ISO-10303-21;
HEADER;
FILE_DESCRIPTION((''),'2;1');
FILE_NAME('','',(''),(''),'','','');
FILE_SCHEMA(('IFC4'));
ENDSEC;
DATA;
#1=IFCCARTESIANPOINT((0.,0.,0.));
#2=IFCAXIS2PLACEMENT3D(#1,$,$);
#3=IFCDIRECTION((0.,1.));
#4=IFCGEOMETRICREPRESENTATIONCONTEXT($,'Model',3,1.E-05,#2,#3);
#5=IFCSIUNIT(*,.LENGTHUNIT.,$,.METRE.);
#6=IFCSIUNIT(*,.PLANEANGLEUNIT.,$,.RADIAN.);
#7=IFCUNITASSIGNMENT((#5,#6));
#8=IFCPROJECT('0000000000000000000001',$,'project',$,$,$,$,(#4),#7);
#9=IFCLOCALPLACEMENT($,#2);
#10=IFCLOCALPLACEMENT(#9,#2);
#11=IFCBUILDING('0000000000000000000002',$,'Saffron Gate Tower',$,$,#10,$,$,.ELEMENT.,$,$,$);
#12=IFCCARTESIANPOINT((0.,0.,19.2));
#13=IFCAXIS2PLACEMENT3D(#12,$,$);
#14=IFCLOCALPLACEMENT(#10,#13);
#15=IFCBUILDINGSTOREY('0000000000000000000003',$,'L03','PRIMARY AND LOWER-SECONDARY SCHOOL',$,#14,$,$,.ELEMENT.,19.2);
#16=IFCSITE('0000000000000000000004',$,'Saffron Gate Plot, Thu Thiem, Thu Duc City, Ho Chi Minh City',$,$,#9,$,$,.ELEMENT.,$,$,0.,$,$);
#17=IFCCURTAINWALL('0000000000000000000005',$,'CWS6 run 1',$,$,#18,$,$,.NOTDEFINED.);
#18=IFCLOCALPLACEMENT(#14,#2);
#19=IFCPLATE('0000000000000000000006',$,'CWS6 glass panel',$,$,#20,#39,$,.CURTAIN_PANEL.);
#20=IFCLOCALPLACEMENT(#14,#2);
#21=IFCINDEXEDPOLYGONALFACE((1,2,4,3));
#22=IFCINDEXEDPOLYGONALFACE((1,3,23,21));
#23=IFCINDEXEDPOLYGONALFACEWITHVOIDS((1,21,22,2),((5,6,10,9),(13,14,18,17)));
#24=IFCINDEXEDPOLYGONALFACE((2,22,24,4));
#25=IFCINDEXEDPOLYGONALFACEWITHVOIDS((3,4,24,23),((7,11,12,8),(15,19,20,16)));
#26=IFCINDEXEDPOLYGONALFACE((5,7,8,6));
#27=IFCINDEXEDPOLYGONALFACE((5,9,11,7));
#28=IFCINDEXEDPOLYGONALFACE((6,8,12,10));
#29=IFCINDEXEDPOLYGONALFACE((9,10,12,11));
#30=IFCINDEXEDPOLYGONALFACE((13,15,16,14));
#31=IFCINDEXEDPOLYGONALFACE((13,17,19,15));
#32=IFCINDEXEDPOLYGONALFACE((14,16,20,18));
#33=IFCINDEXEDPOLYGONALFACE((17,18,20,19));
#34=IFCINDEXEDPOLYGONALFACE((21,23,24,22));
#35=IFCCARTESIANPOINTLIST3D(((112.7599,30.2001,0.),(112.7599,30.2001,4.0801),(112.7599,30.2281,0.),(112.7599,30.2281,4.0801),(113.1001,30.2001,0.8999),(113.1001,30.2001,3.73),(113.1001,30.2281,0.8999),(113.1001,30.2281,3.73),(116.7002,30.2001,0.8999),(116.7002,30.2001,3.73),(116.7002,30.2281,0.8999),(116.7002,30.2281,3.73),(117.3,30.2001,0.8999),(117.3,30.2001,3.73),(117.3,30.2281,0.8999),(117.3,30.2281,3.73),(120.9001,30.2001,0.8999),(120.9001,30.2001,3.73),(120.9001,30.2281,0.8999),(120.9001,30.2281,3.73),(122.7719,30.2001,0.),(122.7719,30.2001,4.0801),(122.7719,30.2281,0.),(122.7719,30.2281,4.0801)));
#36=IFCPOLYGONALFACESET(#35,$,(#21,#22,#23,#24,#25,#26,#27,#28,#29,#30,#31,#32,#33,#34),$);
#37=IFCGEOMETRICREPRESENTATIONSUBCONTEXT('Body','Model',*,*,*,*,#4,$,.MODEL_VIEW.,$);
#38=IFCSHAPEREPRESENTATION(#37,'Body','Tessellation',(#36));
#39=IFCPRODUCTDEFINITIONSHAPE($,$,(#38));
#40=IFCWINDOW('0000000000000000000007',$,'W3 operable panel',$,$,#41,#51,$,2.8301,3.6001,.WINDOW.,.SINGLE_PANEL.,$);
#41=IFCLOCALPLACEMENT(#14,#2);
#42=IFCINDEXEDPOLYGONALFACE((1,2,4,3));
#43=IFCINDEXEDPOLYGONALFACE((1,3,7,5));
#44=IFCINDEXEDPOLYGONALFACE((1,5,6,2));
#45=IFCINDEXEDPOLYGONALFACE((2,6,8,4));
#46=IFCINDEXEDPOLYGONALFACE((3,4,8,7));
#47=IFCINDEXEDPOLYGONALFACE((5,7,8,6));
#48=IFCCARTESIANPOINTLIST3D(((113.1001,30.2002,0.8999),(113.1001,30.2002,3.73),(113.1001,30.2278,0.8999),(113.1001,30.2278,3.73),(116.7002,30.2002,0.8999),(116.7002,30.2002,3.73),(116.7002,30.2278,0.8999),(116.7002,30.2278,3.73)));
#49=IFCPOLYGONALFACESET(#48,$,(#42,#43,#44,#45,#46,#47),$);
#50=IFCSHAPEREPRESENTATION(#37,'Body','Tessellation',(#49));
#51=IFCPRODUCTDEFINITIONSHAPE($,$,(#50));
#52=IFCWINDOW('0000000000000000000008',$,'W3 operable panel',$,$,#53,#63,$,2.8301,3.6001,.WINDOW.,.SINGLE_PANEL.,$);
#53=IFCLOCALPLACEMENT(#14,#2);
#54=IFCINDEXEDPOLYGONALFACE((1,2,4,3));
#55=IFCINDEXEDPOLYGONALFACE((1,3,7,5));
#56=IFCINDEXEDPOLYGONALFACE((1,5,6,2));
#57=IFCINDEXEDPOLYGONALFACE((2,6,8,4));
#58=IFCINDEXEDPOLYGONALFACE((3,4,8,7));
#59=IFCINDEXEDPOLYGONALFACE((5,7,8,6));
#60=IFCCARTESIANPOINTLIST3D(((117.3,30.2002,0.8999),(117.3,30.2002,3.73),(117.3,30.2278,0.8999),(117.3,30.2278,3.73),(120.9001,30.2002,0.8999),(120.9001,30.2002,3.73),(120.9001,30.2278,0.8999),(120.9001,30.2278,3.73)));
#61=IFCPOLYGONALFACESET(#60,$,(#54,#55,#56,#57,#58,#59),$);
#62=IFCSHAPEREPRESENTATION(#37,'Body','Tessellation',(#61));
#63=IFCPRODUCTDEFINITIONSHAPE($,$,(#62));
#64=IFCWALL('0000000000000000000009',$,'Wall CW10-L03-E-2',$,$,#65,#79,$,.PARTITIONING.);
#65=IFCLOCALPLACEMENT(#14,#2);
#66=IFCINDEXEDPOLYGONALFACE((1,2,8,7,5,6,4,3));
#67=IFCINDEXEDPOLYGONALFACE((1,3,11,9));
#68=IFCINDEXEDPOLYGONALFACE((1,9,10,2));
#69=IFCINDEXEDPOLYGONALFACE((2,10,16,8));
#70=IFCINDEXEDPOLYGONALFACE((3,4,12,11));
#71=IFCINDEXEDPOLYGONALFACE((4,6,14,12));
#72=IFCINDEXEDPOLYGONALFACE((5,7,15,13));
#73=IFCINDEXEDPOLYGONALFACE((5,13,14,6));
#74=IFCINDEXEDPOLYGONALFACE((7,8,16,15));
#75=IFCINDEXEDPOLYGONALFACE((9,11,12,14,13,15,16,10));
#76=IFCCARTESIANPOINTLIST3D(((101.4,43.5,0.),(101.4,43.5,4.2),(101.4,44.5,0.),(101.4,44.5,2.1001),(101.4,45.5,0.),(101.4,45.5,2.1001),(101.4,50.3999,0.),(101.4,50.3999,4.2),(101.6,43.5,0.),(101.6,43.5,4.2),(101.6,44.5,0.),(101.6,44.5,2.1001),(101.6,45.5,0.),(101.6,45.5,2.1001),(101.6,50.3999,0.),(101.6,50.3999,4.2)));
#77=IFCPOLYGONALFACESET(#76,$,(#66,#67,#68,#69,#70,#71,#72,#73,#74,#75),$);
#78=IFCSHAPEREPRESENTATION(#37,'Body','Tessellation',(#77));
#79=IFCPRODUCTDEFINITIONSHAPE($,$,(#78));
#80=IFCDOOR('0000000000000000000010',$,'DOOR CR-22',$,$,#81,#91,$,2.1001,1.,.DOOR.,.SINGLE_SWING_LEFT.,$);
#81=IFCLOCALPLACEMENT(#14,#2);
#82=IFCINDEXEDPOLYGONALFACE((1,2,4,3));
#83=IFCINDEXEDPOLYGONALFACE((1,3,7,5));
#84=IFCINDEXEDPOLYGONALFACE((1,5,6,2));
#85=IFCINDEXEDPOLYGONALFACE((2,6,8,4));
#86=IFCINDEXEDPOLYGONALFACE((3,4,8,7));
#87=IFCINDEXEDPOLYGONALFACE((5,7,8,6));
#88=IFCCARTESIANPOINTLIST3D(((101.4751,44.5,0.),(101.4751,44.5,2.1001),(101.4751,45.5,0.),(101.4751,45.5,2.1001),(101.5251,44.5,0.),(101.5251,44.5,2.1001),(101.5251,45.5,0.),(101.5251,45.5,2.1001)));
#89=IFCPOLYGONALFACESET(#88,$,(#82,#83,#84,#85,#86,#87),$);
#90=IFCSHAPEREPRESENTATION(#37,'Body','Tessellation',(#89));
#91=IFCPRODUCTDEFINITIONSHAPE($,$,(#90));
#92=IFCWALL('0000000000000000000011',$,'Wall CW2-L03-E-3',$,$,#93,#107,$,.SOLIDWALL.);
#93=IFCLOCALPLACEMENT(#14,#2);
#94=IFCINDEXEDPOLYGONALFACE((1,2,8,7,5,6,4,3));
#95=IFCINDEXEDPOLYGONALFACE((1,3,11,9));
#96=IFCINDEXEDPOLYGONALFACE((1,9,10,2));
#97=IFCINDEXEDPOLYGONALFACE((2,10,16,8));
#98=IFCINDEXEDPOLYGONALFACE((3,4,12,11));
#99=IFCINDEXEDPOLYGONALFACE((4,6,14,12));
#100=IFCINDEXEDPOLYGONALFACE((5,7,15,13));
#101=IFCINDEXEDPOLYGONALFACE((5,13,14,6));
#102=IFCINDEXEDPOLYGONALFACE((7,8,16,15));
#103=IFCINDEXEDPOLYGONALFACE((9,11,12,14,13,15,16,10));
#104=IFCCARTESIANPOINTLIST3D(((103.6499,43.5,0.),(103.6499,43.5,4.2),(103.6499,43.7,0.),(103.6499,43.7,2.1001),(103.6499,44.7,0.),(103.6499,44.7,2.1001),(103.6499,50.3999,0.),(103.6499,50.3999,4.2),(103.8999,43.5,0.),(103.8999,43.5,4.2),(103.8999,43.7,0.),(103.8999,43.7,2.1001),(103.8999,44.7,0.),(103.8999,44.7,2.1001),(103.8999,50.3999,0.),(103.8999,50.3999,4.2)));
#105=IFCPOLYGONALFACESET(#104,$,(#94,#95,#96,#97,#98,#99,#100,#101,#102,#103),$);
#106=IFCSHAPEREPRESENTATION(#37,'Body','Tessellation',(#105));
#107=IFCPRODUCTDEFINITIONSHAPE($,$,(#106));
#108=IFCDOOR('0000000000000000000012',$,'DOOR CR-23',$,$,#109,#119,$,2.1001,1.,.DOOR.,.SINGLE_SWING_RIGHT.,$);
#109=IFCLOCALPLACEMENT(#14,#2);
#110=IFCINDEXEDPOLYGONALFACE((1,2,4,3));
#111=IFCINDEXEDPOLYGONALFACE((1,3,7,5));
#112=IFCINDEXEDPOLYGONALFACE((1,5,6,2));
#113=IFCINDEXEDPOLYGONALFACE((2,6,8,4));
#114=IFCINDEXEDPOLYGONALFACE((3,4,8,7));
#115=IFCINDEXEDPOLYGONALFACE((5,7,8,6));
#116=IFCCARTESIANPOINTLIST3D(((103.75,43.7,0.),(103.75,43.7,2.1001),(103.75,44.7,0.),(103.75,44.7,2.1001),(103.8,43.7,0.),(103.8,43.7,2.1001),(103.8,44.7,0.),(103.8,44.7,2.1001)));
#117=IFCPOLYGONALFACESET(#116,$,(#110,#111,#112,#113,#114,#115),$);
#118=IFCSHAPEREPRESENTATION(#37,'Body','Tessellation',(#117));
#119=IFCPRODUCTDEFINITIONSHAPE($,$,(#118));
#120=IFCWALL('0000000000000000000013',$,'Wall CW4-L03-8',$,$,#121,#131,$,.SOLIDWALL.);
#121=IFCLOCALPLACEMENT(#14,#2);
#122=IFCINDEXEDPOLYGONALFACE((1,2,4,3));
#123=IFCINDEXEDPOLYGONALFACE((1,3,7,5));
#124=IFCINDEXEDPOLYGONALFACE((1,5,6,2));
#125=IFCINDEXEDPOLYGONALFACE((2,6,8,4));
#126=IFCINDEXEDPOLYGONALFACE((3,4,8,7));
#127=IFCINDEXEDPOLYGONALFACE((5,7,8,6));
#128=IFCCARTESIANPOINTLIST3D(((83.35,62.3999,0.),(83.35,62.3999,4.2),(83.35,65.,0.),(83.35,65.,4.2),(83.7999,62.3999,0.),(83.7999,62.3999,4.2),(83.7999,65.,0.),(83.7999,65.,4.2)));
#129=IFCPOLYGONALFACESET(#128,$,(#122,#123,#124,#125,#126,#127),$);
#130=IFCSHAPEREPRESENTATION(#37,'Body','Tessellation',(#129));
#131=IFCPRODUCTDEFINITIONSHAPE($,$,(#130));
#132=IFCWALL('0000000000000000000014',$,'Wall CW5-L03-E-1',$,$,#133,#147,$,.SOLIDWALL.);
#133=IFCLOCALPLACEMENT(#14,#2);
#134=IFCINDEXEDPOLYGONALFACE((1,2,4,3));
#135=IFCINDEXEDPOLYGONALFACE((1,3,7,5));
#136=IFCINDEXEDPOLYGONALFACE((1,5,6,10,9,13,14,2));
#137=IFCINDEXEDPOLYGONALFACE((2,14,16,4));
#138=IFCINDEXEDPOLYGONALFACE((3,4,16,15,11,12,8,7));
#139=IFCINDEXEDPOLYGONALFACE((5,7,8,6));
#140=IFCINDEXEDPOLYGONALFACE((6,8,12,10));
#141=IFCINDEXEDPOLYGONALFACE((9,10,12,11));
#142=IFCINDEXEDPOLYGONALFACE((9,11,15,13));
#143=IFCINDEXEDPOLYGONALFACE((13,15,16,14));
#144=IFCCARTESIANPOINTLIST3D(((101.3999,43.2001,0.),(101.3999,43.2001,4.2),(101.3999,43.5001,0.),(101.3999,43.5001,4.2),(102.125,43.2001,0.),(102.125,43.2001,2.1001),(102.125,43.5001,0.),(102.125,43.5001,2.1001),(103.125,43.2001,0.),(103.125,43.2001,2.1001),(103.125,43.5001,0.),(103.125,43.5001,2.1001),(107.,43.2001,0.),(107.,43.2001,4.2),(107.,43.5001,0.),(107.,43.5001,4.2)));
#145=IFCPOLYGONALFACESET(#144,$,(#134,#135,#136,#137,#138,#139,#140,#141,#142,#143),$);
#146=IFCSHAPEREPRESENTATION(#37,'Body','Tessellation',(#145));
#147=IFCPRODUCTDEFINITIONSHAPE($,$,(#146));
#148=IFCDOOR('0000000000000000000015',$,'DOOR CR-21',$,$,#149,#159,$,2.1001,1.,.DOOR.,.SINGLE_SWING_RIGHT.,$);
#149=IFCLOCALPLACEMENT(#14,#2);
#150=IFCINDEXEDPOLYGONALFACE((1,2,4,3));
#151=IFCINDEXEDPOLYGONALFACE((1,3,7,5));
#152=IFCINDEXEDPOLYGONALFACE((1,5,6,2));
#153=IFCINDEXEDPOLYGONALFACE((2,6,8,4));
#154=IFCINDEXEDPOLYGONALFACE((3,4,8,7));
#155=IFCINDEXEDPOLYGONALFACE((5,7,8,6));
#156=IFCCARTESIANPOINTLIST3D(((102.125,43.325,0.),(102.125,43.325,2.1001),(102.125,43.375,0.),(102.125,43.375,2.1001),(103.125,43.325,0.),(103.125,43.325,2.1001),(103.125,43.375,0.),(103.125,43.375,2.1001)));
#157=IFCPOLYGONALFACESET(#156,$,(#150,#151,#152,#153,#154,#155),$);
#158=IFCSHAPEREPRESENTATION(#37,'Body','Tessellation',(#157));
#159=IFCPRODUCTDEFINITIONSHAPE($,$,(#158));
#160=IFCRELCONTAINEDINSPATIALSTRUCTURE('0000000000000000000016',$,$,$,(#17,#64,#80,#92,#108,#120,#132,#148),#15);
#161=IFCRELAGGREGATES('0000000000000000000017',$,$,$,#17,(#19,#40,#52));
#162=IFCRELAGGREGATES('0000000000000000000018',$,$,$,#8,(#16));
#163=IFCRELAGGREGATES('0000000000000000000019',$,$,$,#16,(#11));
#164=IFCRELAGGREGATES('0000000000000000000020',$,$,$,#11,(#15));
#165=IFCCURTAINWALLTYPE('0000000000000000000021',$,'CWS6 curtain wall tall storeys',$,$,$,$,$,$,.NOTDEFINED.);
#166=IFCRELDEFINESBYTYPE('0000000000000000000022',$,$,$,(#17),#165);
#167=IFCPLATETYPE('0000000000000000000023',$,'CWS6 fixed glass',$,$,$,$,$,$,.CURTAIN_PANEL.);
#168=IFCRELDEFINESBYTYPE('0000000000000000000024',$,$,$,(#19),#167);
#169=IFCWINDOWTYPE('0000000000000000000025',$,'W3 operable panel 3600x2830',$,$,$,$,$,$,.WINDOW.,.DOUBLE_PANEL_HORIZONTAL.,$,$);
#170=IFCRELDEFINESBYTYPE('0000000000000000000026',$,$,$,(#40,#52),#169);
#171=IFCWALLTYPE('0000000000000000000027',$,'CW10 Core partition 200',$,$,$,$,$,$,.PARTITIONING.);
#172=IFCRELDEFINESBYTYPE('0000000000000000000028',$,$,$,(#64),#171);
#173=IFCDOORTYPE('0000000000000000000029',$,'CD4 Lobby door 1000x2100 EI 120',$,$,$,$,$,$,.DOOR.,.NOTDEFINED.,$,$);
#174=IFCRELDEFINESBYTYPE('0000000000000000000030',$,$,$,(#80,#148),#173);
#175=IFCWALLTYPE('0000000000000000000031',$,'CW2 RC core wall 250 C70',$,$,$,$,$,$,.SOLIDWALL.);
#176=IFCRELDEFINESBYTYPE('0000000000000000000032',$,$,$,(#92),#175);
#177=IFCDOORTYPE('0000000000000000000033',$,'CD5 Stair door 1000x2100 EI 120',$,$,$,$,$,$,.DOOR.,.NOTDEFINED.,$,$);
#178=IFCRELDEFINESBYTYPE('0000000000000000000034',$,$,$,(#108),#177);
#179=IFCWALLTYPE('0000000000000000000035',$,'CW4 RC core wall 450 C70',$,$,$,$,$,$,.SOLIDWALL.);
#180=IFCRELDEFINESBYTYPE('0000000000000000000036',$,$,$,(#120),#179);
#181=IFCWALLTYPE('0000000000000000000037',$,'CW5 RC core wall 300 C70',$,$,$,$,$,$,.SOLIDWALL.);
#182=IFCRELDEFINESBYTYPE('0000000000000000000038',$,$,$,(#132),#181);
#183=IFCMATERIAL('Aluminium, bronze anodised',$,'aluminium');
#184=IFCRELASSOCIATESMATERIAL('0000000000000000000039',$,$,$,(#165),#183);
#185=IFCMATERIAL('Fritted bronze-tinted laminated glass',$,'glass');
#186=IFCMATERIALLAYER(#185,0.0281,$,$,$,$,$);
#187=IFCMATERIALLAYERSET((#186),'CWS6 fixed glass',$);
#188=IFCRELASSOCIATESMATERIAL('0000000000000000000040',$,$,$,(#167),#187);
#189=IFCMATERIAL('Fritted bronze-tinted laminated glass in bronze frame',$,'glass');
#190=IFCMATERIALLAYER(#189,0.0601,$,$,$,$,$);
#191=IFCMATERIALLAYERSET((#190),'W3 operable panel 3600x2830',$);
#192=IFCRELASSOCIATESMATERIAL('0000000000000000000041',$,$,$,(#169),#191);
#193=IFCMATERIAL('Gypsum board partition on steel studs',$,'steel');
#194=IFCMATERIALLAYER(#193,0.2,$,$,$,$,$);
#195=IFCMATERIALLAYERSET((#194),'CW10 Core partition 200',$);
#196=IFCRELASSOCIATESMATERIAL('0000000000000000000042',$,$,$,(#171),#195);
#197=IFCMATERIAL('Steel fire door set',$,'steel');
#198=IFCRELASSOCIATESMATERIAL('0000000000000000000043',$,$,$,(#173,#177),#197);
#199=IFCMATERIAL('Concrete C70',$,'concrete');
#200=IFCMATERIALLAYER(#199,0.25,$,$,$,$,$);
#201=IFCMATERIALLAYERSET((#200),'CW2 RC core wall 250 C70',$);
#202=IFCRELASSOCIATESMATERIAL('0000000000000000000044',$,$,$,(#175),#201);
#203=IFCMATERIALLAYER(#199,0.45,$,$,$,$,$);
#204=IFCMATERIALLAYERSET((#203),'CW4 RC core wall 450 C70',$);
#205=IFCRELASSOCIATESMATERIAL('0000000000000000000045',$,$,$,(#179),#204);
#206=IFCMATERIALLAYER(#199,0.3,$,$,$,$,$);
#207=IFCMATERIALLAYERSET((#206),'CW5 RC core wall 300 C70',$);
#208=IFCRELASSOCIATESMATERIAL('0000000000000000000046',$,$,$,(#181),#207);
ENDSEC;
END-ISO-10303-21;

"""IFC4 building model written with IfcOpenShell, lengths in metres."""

from ifc_helpers import new_model, si_unit, direction, frame, frame_2d, origin, place, context, subcontext, project, spatial, rectangle, extrude, material, layer, layer_set, type_object, element, fill, aggregate, save


model = new_model("IFC4")

# Units and contexts
model_context = context("Model", 3, precision=1e-05, world=origin(), true_north=direction((0.0, 1.0)))
body_context = subcontext(model_context, "Body", "Model", "MODEL_VIEW")
ifc_project = project(units=[si_unit("LENGTHUNIT", "METRE"), si_unit("PLANEANGLEUNIT", "RADIAN")], contexts=[model_context])

# Site, building, storey
site_placement = place(None, origin())
site = spatial("IfcSite", under=ifc_project, at=site_placement, Name="Saffron Gate Plot, Thu Thiem, Thu Duc City, Ho Chi Minh City", CompositionType="ELEMENT", RefElevation=0.0)
building_placement = place(site_placement, origin())
building = spatial("IfcBuilding", under=site, at=building_placement, Name="Saffron Gate Tower", CompositionType="ELEMENT")
storey_placement = place(building_placement, frame((0.0, 0.0, 19.2)))
storey = spatial("IfcBuildingStorey", under=building, at=storey_placement, Name="L03", Description="PRIMARY AND LOWER-SECONDARY SCHOOL", CompositionType="ELEMENT", Elevation=19.2)

# Curtain wall, plate, openings, windows
ifc_material_1 = material(Name="Aluminium, bronze anodised", Category="aluminium")
curtain_wall_type = type_object("IfcCurtainWallType", Name="CWS6 curtain wall tall storeys", PredefinedType="NOTDEFINED", material=ifc_material_1)
curtain_wall_placement = place(storey_placement, origin())
curtain_wall = element("IfcCurtainWall", 1, at=curtain_wall_placement, inside=storey, type_object=curtain_wall_type, Name="CWS6 run 1", PredefinedType="NOTDEFINED")
ifc_material_2 = material(Name="Fritted bronze-tinted laminated glass", Category="glass")
ifc_layer_1 = layer(ifc_material_2, 0.0281)
ifc_layer_set_1 = layer_set([ifc_layer_1], Name="CWS6 fixed glass")
plate_type = type_object("IfcPlateType", Name="CWS6 fixed glass", PredefinedType="CURTAIN_PANEL", material=ifc_layer_set_1)
plate_placement = place(storey_placement, frame((112.76, 30.2141, 0.0), z_axis=(0.0, 0.0, 1.0), x_axis=(1.0, 0.0, 0.0)))
plate = element("IfcPlate", 2, at=plate_placement, type_object=plate_type, Name="CWS6 glass panel", PredefinedType="CURTAIN_PANEL", context=body_context, shape_type="SweptSolid", body=[
    extrude(rectangle(XDim=10.012, YDim=0.0281, at=frame_2d((5.0059, 0.0))), origin(), (0.0, 0.0, 1.0), 4.0801),
])
opening_1_placement = place(plate_placement, frame((0.3401, 0.0, 0.8999)))
opening_1 = element("IfcOpeningElement", 3, at=opening_1_placement, cuts=plate, PredefinedType="OPENING", context=body_context, shape_type="SweptSolid", body=[
    extrude(rectangle(XDim=3.6001, YDim=2.8301, at=frame_2d((1.8, 1.415))), frame((0.0, 0.0239, 0.0), z_axis=(0.0, -1.0, 0.0), x_axis=(1.0, 0.0, 0.0)), (0.0, 0.0, 1.0), 0.0481),
])
opening_2_placement = place(plate_placement, frame((4.54, 0.0, 0.8999)))
opening_2 = element("IfcOpeningElement", 4, at=opening_2_placement, cuts=plate, PredefinedType="OPENING", context=body_context, shape_type="SweptSolid", body=[
    extrude(rectangle(XDim=3.6001, YDim=2.8301, at=frame_2d((1.8, 1.415))), frame((0.0, 0.0239, 0.0), z_axis=(0.0, -1.0, 0.0), x_axis=(1.0, 0.0, 0.0)), (0.0, 0.0, 1.0), 0.0481),
])
ifc_material_3 = material(Name="Fritted bronze-tinted laminated glass in bronze frame", Category="glass")
ifc_layer_2 = layer(ifc_material_3, 0.0601)
ifc_layer_set_2 = layer_set([ifc_layer_2], Name="W3 operable panel 3600x2830")
window_type = type_object("IfcWindowType", Name="W3 operable panel 3600x2830", PartitioningType="DOUBLE_PANEL_HORIZONTAL", PredefinedType="WINDOW", material=ifc_layer_set_2)
window_1_placement = place(opening_1_placement, origin())
window_1 = element("IfcWindow", 5, at=window_1_placement, type_object=window_type, Name="W3 operable panel", OverallHeight=2.8301, OverallWidth=3.6001, PartitioningType="SINGLE_PANEL", PredefinedType="WINDOW", context=body_context, shape_type="SweptSolid", body=[
    extrude(rectangle(XDim=3.6001, YDim=2.8301, at=frame_2d((1.8, 1.415))), frame((0.0, 0.0137, 0.0), z_axis=(0.0, -1.0, 0.0), x_axis=(1.0, 0.0, 0.0)), (0.0, 0.0, 1.0), 0.0276),
])
fill(opening_1, window_1)
window_2_placement = place(opening_2_placement, origin())
window_2 = element("IfcWindow", 6, at=window_2_placement, type_object=window_type, Name="W3 operable panel", OverallHeight=2.8301, OverallWidth=3.6001, PartitioningType="SINGLE_PANEL", PredefinedType="WINDOW", context=body_context, shape_type="SweptSolid", body=[
    extrude(rectangle(XDim=3.6001, YDim=2.8301, at=frame_2d((1.8, 1.415))), frame((0.0, 0.0137, 0.0), z_axis=(0.0, -1.0, 0.0), x_axis=(1.0, 0.0, 0.0)), (0.0, 0.0, 1.0), 0.0276),
])
fill(opening_2, window_2)
aggregate(curtain_wall, [plate, window_1, window_2])

# Walls, openings, doors
ifc_material_4 = material(Name="Gypsum board partition on steel studs", Category="steel")
ifc_layer_3 = layer(ifc_material_4, 0.2)
ifc_layer_set_3 = layer_set([ifc_layer_3], Name="CW10 Core partition 200")
wall_type_1 = type_object("IfcWallType", Name="CW10 Core partition 200", PredefinedType="PARTITIONING", material=ifc_layer_set_3)
wall_1_placement = place(storey_placement, frame((101.5, 43.5, 0.0), z_axis=(0.0, 0.0, 1.0), x_axis=(0.0, 1.0, 0.0)))
wall_1 = element("IfcWall", 7, at=wall_1_placement, inside=storey, type_object=wall_type_1, Name="Wall CW10-L03-E-2", PredefinedType="PARTITIONING", context=body_context, shape_type="SweptSolid", body=[
    extrude(rectangle(XDim=6.8999, YDim=0.2, at=frame_2d((3.45, 0.0))), origin(), (0.0, 0.0, 1.0), 4.2),
])
opening_3_placement = place(wall_1_placement, frame((1.0, 0.0, 0.0)))
opening_3 = element("IfcOpeningElement", 8, at=opening_3_placement, cuts=wall_1, PredefinedType="OPENING", context=body_context, shape_type="SweptSolid", body=[
    extrude(rectangle(XDim=1.0, YDim=2.1001, at=frame_2d((0.5, 1.05))), frame((0.0, 0.1099, 0.0), z_axis=(0.0, -1.0, 0.0), x_axis=(1.0, 0.0, 0.0)), (0.0, 0.0, 1.0), 0.22),
])
ifc_material_5 = material(Name="Steel fire door set", Category="steel")
door_type_1 = type_object("IfcDoorType", Name="CD4 Lobby door 1000x2100 EI 120", OperationType="NOTDEFINED", PredefinedType="DOOR", material=ifc_material_5)
door_1_placement = place(opening_3_placement, origin())
door_1 = element("IfcDoor", 9, at=door_1_placement, inside=storey, type_object=door_type_1, Name="DOOR CR-22", OperationType="SINGLE_SWING_LEFT", OverallHeight=2.1001, OverallWidth=1.0, PredefinedType="DOOR", context=body_context, shape_type="SweptSolid", body=[
    extrude(rectangle(XDim=1.0, YDim=2.1001, at=frame_2d((0.5, 1.05))), frame((0.0, 0.0249, 0.0), z_axis=(0.0, -1.0, 0.0), x_axis=(1.0, 0.0, 0.0)), (0.0, 0.0, 1.0), 0.05),
])
fill(opening_3, door_1)
ifc_material_6 = material(Name="Concrete C70", Category="concrete")
ifc_layer_4 = layer(ifc_material_6, 0.25)
ifc_layer_set_4 = layer_set([ifc_layer_4], Name="CW2 RC core wall 250 C70")
wall_type_2 = type_object("IfcWallType", Name="CW2 RC core wall 250 C70", PredefinedType="SOLIDWALL", material=ifc_layer_set_4)
wall_2_placement = place(storey_placement, frame((103.7749, 43.5, 0.0), z_axis=(0.0, 0.0, 1.0), x_axis=(0.0, 1.0, 0.0)))
wall_2 = element("IfcWall", 10, at=wall_2_placement, inside=storey, type_object=wall_type_2, Name="Wall CW2-L03-E-3", PredefinedType="SOLIDWALL", context=body_context, shape_type="SweptSolid", body=[
    extrude(rectangle(XDim=6.8999, YDim=0.25, at=frame_2d((3.45, 0.0))), origin(), (0.0, 0.0, 1.0), 4.2),
])
opening_4_placement = place(wall_2_placement, frame((0.2, 0.0, 0.0)))
opening_4 = element("IfcOpeningElement", 11, at=opening_4_placement, cuts=wall_2, PredefinedType="OPENING", context=body_context, shape_type="SweptSolid", body=[
    extrude(rectangle(XDim=1.0, YDim=2.1001, at=frame_2d((0.5, 1.05))), frame((0.0, 0.135, 0.0), z_axis=(0.0, -1.0, 0.0), x_axis=(1.0, 0.0, 0.0)), (0.0, 0.0, 1.0), 0.27),
])
door_type_2 = type_object("IfcDoorType", Name="CD5 Stair door 1000x2100 EI 120", OperationType="NOTDEFINED", PredefinedType="DOOR", material=ifc_material_5)
door_2_placement = place(opening_4_placement, origin())
door_2 = element("IfcDoor", 12, at=door_2_placement, inside=storey, type_object=door_type_2, Name="DOOR CR-23", OperationType="SINGLE_SWING_RIGHT", OverallHeight=2.1001, OverallWidth=1.0, PredefinedType="DOOR", context=body_context, shape_type="SweptSolid", body=[
    extrude(rectangle(XDim=1.0, YDim=2.1001, at=frame_2d((0.5, 1.05))), frame((0.0, 0.0249, 0.0), z_axis=(0.0, -1.0, 0.0), x_axis=(1.0, 0.0, 0.0)), (0.0, 0.0, 1.0), 0.05),
])
fill(opening_4, door_2)

# Wall
ifc_layer_5 = layer(ifc_material_6, 0.45)
ifc_layer_set_5 = layer_set([ifc_layer_5], Name="CW4 RC core wall 450 C70")
wall_type_3 = type_object("IfcWallType", Name="CW4 RC core wall 450 C70", PredefinedType="SOLIDWALL", material=ifc_layer_set_5)
wall_3_placement = place(storey_placement, frame((83.575, 62.3999, 0.0), z_axis=(0.0, 0.0, 1.0), x_axis=(0.0, 1.0, 0.0)))
element("IfcWall", 13, at=wall_3_placement, inside=storey, type_object=wall_type_3, Name="Wall CW4-L03-8", PredefinedType="SOLIDWALL", context=body_context, shape_type="SweptSolid", body=[
    extrude(rectangle(XDim=2.6001, YDim=0.45, at=frame_2d((1.3, 0.0))), origin(), (0.0, 0.0, 1.0), 4.2),
])

# Wall, opening, door
ifc_layer_6 = layer(ifc_material_6, 0.3)
ifc_layer_set_6 = layer_set([ifc_layer_6], Name="CW5 RC core wall 300 C70")
wall_type_4 = type_object("IfcWallType", Name="CW5 RC core wall 300 C70", PredefinedType="SOLIDWALL", material=ifc_layer_set_6)
wall_4_placement = place(storey_placement, frame((101.3999, 43.3501, 0.0), z_axis=(0.0, 0.0, 1.0), x_axis=(1.0, 0.0, 0.0)))
wall_4 = element("IfcWall", 14, at=wall_4_placement, inside=storey, type_object=wall_type_4, Name="Wall CW5-L03-E-1", PredefinedType="SOLIDWALL", context=body_context, shape_type="SweptSolid", body=[
    extrude(rectangle(XDim=5.6001, YDim=0.3, at=frame_2d((2.8, 0.0))), origin(), (0.0, 0.0, 1.0), 4.2),
])
opening_5_placement = place(wall_4_placement, frame((0.7251, 0.0, 0.0)))
opening_5 = element("IfcOpeningElement", 15, at=opening_5_placement, cuts=wall_4, PredefinedType="OPENING", context=body_context, shape_type="SweptSolid", body=[
    extrude(rectangle(XDim=1.0, YDim=2.1001, at=frame_2d((0.5, 1.05))), frame((0.0, 0.1602, 0.0), z_axis=(0.0, -1.0, 0.0), x_axis=(1.0, 0.0, 0.0)), (0.0, 0.0, 1.0), 0.3201),
])
door_3_placement = place(opening_5_placement, origin())
door_3 = element("IfcDoor", 16, at=door_3_placement, inside=storey, type_object=door_type_1, Name="DOOR CR-21", OperationType="SINGLE_SWING_RIGHT", OverallHeight=2.1001, OverallWidth=1.0, PredefinedType="DOOR", context=body_context, shape_type="SweptSolid", body=[
    extrude(rectangle(XDim=1.0, YDim=2.1001, at=frame_2d((0.5, 1.05))), frame((0.0, 0.0249, 0.0), z_axis=(0.0, -1.0, 0.0), x_axis=(1.0, 0.0, 0.0)), (0.0, 0.0, 1.0), 0.05),
])
fill(opening_5, door_3)

save(model, "model.ifc")
